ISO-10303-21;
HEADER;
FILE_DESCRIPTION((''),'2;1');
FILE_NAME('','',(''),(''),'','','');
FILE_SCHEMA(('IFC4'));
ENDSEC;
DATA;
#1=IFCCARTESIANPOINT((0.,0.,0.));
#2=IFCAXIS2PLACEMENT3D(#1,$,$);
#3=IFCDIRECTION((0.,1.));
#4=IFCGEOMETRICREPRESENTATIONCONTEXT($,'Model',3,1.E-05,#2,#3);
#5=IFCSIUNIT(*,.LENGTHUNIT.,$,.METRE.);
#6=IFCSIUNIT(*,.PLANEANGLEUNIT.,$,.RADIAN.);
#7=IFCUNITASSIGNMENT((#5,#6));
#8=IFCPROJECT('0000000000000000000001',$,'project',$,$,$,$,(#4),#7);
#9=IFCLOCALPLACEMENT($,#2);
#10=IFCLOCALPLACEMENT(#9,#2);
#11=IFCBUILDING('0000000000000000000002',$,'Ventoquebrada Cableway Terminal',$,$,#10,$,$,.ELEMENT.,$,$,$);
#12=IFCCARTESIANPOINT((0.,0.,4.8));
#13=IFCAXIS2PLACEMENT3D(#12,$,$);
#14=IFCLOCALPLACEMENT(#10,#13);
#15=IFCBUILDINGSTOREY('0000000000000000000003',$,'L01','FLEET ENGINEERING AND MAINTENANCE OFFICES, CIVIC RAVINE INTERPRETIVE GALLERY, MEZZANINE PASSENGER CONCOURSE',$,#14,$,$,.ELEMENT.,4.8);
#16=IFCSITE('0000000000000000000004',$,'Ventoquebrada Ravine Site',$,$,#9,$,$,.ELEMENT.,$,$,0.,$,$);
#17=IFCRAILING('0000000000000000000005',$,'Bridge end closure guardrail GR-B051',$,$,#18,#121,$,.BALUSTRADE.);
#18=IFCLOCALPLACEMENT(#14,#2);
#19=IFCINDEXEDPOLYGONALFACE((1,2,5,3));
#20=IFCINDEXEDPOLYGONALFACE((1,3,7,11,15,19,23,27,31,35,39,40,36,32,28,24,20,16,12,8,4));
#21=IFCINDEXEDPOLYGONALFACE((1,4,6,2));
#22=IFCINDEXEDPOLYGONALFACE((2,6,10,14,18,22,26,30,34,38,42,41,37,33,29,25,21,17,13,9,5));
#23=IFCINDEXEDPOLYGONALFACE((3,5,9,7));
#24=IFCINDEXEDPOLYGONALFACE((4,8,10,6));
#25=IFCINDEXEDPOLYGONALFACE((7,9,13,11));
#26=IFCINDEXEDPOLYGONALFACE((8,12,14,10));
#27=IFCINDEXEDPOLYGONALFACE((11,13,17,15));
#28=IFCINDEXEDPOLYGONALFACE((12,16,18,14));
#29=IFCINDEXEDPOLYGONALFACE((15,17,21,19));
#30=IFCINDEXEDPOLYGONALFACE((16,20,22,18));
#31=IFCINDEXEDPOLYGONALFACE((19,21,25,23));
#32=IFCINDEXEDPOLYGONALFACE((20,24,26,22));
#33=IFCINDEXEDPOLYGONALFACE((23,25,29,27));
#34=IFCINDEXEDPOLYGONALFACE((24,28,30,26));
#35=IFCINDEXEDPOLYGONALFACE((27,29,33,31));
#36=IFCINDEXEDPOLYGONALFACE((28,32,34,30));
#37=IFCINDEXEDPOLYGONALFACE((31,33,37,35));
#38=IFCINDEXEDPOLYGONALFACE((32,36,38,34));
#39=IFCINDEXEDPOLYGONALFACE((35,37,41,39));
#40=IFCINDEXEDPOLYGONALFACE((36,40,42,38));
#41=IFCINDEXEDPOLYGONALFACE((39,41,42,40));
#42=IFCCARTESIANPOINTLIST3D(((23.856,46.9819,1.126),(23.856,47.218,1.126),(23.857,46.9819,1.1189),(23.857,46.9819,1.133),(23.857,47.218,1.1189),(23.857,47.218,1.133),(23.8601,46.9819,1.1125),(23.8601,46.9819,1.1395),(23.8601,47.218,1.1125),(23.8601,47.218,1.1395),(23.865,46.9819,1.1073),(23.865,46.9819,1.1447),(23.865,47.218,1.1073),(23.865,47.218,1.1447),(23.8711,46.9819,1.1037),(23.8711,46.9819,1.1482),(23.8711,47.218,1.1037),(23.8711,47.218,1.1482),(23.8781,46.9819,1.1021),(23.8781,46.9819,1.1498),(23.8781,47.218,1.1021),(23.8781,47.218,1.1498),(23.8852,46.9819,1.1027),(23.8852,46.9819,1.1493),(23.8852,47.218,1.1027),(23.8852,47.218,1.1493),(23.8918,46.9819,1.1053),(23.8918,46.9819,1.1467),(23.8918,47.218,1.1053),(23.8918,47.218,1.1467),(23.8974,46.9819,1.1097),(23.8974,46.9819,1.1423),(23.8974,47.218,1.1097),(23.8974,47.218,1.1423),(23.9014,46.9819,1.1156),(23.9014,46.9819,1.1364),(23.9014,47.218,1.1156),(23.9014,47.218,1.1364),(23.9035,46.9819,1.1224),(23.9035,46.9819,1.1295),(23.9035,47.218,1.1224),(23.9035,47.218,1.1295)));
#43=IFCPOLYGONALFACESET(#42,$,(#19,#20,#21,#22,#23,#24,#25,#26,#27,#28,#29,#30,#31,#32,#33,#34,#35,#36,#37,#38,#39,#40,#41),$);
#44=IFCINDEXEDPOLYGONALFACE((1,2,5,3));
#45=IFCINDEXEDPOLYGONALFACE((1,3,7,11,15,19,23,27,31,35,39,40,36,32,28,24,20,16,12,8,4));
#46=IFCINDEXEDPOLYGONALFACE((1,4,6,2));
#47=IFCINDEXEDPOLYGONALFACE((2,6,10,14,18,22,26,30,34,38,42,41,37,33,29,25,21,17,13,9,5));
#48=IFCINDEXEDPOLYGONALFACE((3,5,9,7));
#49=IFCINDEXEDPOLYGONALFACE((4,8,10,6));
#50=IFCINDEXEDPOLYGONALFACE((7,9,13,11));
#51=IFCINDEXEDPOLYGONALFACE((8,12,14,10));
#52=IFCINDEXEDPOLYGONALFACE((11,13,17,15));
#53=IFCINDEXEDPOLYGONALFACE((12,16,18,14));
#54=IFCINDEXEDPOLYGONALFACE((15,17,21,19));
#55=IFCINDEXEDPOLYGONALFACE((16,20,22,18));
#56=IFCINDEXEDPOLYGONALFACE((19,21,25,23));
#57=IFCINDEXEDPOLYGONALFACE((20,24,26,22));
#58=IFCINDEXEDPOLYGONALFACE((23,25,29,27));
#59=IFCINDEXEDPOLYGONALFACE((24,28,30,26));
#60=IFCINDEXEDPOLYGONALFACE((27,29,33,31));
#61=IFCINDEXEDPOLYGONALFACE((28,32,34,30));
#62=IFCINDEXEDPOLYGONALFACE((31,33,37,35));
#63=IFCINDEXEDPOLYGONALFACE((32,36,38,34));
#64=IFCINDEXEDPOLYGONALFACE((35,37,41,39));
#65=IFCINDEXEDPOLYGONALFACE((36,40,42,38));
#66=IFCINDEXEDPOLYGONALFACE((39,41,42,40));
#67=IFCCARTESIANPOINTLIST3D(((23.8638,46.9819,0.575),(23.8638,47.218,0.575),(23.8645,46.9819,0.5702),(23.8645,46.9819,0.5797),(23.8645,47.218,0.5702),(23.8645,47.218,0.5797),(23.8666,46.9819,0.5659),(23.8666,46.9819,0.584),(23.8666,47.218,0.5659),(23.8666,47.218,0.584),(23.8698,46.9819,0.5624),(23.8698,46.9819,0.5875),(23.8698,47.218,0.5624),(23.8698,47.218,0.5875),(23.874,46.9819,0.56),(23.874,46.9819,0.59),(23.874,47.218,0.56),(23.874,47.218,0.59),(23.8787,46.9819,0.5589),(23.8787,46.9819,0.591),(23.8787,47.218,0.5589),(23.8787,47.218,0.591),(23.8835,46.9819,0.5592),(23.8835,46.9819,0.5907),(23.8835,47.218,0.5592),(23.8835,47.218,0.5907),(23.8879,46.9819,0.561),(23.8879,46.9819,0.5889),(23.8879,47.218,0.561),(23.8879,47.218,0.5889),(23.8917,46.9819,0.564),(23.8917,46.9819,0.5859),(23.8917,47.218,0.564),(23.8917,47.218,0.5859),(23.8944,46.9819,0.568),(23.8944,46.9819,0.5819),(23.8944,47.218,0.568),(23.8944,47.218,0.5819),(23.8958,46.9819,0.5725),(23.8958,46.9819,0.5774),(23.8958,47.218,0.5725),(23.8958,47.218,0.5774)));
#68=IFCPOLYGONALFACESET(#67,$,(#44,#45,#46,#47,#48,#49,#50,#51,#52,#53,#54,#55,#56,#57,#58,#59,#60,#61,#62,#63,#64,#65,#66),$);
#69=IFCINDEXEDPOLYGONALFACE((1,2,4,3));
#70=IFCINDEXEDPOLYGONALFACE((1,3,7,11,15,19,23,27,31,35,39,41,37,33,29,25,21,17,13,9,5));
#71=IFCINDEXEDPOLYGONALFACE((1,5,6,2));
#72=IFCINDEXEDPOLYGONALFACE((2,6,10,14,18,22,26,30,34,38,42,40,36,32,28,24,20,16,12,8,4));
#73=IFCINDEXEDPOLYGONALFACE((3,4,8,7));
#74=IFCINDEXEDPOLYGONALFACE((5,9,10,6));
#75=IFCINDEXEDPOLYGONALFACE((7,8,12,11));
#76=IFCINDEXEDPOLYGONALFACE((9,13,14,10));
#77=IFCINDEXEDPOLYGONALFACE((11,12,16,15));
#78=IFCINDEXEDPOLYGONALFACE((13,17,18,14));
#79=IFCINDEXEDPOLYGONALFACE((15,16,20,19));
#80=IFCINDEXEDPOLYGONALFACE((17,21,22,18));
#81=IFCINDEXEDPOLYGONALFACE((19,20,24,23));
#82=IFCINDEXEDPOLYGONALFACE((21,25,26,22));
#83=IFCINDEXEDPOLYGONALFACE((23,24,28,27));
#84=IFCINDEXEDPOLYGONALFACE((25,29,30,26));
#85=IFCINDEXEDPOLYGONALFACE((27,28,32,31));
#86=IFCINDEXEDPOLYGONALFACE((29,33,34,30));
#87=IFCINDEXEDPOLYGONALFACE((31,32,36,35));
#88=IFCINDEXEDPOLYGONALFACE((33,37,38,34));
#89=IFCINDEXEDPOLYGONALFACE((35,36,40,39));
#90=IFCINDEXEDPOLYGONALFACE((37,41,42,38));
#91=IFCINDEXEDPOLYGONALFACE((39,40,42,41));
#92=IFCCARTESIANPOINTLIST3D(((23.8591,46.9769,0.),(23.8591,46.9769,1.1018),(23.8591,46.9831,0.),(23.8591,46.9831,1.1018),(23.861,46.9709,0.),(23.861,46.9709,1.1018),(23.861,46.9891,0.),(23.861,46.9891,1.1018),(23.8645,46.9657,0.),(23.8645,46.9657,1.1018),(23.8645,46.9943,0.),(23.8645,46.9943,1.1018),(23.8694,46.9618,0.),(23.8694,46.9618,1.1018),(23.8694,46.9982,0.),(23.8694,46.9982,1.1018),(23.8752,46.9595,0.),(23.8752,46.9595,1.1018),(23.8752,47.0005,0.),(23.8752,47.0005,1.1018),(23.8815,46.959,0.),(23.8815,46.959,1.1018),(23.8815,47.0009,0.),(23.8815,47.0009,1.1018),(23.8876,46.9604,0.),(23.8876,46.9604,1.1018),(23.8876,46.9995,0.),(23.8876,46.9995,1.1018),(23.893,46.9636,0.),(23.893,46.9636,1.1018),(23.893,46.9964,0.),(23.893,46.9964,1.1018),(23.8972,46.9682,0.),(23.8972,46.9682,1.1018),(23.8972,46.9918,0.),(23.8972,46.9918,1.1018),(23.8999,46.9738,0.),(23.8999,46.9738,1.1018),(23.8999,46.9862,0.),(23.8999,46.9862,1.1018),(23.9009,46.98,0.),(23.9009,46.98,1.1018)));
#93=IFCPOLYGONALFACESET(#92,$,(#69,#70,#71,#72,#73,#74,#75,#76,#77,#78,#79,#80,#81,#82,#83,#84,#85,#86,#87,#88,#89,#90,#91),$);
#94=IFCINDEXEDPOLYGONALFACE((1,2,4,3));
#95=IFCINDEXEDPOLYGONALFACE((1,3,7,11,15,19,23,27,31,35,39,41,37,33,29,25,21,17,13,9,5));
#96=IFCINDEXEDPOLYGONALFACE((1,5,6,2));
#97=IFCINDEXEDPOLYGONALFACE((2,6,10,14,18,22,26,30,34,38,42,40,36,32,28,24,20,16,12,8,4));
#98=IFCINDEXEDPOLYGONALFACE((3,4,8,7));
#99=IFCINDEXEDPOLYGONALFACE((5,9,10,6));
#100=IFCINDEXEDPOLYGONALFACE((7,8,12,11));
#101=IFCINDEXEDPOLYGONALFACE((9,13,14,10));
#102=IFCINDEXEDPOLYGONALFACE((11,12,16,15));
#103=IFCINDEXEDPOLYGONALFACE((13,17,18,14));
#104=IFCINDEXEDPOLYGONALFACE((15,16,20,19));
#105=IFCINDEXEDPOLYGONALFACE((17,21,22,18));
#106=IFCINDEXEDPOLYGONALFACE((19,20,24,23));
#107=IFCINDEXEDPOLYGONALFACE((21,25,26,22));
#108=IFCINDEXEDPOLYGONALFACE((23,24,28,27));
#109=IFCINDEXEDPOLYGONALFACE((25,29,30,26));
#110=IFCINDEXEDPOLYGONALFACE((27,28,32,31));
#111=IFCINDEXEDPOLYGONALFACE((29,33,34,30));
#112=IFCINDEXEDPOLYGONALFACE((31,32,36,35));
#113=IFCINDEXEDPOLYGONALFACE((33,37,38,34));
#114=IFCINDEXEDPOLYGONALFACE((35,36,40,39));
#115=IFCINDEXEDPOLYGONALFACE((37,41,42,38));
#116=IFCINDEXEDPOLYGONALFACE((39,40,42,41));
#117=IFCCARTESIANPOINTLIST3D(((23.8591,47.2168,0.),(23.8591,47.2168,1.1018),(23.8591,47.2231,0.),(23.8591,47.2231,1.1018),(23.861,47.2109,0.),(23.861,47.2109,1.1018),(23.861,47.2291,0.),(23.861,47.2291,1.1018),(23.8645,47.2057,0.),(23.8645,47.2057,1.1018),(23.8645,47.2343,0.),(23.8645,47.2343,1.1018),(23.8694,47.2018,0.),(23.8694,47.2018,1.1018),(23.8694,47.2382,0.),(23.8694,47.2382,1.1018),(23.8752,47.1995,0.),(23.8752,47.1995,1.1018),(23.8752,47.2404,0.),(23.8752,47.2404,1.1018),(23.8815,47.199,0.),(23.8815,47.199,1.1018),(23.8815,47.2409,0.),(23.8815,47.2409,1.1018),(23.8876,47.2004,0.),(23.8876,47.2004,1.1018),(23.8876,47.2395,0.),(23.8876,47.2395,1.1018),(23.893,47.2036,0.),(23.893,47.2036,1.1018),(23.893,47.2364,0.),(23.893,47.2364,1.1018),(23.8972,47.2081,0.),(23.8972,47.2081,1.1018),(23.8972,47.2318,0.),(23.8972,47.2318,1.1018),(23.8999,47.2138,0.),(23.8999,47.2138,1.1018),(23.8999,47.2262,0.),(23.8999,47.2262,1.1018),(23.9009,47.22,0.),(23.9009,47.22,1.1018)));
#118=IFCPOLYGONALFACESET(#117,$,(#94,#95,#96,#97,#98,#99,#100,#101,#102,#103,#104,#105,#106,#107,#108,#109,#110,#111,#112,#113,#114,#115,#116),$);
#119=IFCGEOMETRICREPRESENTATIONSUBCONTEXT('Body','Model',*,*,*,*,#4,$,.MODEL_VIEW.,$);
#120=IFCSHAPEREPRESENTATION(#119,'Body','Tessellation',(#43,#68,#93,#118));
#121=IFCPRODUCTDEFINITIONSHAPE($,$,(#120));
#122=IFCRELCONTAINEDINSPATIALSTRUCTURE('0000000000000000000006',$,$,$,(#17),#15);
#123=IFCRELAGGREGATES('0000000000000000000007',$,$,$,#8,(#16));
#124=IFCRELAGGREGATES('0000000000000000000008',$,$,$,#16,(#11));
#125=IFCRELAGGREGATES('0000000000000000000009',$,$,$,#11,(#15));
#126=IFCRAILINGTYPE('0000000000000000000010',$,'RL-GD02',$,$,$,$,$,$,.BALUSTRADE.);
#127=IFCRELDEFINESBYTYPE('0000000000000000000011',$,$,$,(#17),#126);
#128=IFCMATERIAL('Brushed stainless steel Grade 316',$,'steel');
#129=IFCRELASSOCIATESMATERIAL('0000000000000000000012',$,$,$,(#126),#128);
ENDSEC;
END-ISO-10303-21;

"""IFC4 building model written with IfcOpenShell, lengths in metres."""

from ifc_helpers import new_model, si_unit, direction, frame, origin, origin_2d, place, context, subcontext, project, spatial, circle, extrude, material, type_object, element, save


model = new_model("IFC4")

# Units and contexts
model_context = context("Model", 3, precision=1e-05, world=origin(), true_north=direction((0.0, 1.0)))
body_context = subcontext(model_context, "Body", "Model", "MODEL_VIEW")
ifc_project = project(units=[si_unit("LENGTHUNIT", "METRE"), si_unit("PLANEANGLEUNIT", "RADIAN")], contexts=[model_context])

# Site, building, storey
site_placement = place(None, origin())
site = spatial("IfcSite", under=ifc_project, at=site_placement, Name="Ventoquebrada Ravine Site", CompositionType="ELEMENT", RefElevation=0.0)
building_placement = place(site_placement, origin())
building = spatial("IfcBuilding", under=site, at=building_placement, Name="Ventoquebrada Cableway Terminal", CompositionType="ELEMENT")
storey_placement = place(building_placement, frame((0.0, 0.0, 4.8)))
storey = spatial("IfcBuildingStorey", under=building, at=storey_placement, Name="L01", Description="FLEET ENGINEERING AND MAINTENANCE OFFICES, CIVIC RAVINE INTERPRETIVE GALLERY, MEZZANINE PASSENGER CONCOURSE", CompositionType="ELEMENT", Elevation=4.8)

# Railing
ifc_material_1 = material(Name="Brushed stainless steel Grade 316", Category="steel")
railing_type_1 = type_object("IfcRailingType", Name="RL-GD02", PredefinedType="BALUSTRADE", material=ifc_material_1)
for number, where, name in (
    (1, (23.8799, 46.98, 0.0), "Bridge end closure guardrail GR-B051"),
):
    element("IfcRailing", number, at=place(storey_placement, frame(where)), inside=storey, type_object=railing_type_1, Name=name, PredefinedType="BALUSTRADE", context=body_context, shape_type="SweptSolid", body=[
        extrude(circle(Radius=0.0239, at=origin_2d()), frame((0.0, 0.002, 1.126), z_axis=(0.0, 1.0, 0.0), x_axis=(-1.0, 0.0, 0.0)), (0.0, 0.0, 1.0), 0.2361),
        extrude(circle(Radius=0.0161, at=origin_2d()), frame((0.0, 0.002, 0.575), z_axis=(0.0, 1.0, 0.0), x_axis=(-1.0, 0.0, 0.0)), (0.0, 0.0, 1.0), 0.2361),
        extrude(circle(Radius=0.021, at=origin_2d()), origin(), (0.0, 0.0, 1.0), 1.1018),
        extrude(circle(Radius=0.021, at=origin_2d()), frame((0.0, 0.24, 0.0)), (0.0, 0.0, 1.0), 1.1018),
    ])

save(model, "model.ifc")
